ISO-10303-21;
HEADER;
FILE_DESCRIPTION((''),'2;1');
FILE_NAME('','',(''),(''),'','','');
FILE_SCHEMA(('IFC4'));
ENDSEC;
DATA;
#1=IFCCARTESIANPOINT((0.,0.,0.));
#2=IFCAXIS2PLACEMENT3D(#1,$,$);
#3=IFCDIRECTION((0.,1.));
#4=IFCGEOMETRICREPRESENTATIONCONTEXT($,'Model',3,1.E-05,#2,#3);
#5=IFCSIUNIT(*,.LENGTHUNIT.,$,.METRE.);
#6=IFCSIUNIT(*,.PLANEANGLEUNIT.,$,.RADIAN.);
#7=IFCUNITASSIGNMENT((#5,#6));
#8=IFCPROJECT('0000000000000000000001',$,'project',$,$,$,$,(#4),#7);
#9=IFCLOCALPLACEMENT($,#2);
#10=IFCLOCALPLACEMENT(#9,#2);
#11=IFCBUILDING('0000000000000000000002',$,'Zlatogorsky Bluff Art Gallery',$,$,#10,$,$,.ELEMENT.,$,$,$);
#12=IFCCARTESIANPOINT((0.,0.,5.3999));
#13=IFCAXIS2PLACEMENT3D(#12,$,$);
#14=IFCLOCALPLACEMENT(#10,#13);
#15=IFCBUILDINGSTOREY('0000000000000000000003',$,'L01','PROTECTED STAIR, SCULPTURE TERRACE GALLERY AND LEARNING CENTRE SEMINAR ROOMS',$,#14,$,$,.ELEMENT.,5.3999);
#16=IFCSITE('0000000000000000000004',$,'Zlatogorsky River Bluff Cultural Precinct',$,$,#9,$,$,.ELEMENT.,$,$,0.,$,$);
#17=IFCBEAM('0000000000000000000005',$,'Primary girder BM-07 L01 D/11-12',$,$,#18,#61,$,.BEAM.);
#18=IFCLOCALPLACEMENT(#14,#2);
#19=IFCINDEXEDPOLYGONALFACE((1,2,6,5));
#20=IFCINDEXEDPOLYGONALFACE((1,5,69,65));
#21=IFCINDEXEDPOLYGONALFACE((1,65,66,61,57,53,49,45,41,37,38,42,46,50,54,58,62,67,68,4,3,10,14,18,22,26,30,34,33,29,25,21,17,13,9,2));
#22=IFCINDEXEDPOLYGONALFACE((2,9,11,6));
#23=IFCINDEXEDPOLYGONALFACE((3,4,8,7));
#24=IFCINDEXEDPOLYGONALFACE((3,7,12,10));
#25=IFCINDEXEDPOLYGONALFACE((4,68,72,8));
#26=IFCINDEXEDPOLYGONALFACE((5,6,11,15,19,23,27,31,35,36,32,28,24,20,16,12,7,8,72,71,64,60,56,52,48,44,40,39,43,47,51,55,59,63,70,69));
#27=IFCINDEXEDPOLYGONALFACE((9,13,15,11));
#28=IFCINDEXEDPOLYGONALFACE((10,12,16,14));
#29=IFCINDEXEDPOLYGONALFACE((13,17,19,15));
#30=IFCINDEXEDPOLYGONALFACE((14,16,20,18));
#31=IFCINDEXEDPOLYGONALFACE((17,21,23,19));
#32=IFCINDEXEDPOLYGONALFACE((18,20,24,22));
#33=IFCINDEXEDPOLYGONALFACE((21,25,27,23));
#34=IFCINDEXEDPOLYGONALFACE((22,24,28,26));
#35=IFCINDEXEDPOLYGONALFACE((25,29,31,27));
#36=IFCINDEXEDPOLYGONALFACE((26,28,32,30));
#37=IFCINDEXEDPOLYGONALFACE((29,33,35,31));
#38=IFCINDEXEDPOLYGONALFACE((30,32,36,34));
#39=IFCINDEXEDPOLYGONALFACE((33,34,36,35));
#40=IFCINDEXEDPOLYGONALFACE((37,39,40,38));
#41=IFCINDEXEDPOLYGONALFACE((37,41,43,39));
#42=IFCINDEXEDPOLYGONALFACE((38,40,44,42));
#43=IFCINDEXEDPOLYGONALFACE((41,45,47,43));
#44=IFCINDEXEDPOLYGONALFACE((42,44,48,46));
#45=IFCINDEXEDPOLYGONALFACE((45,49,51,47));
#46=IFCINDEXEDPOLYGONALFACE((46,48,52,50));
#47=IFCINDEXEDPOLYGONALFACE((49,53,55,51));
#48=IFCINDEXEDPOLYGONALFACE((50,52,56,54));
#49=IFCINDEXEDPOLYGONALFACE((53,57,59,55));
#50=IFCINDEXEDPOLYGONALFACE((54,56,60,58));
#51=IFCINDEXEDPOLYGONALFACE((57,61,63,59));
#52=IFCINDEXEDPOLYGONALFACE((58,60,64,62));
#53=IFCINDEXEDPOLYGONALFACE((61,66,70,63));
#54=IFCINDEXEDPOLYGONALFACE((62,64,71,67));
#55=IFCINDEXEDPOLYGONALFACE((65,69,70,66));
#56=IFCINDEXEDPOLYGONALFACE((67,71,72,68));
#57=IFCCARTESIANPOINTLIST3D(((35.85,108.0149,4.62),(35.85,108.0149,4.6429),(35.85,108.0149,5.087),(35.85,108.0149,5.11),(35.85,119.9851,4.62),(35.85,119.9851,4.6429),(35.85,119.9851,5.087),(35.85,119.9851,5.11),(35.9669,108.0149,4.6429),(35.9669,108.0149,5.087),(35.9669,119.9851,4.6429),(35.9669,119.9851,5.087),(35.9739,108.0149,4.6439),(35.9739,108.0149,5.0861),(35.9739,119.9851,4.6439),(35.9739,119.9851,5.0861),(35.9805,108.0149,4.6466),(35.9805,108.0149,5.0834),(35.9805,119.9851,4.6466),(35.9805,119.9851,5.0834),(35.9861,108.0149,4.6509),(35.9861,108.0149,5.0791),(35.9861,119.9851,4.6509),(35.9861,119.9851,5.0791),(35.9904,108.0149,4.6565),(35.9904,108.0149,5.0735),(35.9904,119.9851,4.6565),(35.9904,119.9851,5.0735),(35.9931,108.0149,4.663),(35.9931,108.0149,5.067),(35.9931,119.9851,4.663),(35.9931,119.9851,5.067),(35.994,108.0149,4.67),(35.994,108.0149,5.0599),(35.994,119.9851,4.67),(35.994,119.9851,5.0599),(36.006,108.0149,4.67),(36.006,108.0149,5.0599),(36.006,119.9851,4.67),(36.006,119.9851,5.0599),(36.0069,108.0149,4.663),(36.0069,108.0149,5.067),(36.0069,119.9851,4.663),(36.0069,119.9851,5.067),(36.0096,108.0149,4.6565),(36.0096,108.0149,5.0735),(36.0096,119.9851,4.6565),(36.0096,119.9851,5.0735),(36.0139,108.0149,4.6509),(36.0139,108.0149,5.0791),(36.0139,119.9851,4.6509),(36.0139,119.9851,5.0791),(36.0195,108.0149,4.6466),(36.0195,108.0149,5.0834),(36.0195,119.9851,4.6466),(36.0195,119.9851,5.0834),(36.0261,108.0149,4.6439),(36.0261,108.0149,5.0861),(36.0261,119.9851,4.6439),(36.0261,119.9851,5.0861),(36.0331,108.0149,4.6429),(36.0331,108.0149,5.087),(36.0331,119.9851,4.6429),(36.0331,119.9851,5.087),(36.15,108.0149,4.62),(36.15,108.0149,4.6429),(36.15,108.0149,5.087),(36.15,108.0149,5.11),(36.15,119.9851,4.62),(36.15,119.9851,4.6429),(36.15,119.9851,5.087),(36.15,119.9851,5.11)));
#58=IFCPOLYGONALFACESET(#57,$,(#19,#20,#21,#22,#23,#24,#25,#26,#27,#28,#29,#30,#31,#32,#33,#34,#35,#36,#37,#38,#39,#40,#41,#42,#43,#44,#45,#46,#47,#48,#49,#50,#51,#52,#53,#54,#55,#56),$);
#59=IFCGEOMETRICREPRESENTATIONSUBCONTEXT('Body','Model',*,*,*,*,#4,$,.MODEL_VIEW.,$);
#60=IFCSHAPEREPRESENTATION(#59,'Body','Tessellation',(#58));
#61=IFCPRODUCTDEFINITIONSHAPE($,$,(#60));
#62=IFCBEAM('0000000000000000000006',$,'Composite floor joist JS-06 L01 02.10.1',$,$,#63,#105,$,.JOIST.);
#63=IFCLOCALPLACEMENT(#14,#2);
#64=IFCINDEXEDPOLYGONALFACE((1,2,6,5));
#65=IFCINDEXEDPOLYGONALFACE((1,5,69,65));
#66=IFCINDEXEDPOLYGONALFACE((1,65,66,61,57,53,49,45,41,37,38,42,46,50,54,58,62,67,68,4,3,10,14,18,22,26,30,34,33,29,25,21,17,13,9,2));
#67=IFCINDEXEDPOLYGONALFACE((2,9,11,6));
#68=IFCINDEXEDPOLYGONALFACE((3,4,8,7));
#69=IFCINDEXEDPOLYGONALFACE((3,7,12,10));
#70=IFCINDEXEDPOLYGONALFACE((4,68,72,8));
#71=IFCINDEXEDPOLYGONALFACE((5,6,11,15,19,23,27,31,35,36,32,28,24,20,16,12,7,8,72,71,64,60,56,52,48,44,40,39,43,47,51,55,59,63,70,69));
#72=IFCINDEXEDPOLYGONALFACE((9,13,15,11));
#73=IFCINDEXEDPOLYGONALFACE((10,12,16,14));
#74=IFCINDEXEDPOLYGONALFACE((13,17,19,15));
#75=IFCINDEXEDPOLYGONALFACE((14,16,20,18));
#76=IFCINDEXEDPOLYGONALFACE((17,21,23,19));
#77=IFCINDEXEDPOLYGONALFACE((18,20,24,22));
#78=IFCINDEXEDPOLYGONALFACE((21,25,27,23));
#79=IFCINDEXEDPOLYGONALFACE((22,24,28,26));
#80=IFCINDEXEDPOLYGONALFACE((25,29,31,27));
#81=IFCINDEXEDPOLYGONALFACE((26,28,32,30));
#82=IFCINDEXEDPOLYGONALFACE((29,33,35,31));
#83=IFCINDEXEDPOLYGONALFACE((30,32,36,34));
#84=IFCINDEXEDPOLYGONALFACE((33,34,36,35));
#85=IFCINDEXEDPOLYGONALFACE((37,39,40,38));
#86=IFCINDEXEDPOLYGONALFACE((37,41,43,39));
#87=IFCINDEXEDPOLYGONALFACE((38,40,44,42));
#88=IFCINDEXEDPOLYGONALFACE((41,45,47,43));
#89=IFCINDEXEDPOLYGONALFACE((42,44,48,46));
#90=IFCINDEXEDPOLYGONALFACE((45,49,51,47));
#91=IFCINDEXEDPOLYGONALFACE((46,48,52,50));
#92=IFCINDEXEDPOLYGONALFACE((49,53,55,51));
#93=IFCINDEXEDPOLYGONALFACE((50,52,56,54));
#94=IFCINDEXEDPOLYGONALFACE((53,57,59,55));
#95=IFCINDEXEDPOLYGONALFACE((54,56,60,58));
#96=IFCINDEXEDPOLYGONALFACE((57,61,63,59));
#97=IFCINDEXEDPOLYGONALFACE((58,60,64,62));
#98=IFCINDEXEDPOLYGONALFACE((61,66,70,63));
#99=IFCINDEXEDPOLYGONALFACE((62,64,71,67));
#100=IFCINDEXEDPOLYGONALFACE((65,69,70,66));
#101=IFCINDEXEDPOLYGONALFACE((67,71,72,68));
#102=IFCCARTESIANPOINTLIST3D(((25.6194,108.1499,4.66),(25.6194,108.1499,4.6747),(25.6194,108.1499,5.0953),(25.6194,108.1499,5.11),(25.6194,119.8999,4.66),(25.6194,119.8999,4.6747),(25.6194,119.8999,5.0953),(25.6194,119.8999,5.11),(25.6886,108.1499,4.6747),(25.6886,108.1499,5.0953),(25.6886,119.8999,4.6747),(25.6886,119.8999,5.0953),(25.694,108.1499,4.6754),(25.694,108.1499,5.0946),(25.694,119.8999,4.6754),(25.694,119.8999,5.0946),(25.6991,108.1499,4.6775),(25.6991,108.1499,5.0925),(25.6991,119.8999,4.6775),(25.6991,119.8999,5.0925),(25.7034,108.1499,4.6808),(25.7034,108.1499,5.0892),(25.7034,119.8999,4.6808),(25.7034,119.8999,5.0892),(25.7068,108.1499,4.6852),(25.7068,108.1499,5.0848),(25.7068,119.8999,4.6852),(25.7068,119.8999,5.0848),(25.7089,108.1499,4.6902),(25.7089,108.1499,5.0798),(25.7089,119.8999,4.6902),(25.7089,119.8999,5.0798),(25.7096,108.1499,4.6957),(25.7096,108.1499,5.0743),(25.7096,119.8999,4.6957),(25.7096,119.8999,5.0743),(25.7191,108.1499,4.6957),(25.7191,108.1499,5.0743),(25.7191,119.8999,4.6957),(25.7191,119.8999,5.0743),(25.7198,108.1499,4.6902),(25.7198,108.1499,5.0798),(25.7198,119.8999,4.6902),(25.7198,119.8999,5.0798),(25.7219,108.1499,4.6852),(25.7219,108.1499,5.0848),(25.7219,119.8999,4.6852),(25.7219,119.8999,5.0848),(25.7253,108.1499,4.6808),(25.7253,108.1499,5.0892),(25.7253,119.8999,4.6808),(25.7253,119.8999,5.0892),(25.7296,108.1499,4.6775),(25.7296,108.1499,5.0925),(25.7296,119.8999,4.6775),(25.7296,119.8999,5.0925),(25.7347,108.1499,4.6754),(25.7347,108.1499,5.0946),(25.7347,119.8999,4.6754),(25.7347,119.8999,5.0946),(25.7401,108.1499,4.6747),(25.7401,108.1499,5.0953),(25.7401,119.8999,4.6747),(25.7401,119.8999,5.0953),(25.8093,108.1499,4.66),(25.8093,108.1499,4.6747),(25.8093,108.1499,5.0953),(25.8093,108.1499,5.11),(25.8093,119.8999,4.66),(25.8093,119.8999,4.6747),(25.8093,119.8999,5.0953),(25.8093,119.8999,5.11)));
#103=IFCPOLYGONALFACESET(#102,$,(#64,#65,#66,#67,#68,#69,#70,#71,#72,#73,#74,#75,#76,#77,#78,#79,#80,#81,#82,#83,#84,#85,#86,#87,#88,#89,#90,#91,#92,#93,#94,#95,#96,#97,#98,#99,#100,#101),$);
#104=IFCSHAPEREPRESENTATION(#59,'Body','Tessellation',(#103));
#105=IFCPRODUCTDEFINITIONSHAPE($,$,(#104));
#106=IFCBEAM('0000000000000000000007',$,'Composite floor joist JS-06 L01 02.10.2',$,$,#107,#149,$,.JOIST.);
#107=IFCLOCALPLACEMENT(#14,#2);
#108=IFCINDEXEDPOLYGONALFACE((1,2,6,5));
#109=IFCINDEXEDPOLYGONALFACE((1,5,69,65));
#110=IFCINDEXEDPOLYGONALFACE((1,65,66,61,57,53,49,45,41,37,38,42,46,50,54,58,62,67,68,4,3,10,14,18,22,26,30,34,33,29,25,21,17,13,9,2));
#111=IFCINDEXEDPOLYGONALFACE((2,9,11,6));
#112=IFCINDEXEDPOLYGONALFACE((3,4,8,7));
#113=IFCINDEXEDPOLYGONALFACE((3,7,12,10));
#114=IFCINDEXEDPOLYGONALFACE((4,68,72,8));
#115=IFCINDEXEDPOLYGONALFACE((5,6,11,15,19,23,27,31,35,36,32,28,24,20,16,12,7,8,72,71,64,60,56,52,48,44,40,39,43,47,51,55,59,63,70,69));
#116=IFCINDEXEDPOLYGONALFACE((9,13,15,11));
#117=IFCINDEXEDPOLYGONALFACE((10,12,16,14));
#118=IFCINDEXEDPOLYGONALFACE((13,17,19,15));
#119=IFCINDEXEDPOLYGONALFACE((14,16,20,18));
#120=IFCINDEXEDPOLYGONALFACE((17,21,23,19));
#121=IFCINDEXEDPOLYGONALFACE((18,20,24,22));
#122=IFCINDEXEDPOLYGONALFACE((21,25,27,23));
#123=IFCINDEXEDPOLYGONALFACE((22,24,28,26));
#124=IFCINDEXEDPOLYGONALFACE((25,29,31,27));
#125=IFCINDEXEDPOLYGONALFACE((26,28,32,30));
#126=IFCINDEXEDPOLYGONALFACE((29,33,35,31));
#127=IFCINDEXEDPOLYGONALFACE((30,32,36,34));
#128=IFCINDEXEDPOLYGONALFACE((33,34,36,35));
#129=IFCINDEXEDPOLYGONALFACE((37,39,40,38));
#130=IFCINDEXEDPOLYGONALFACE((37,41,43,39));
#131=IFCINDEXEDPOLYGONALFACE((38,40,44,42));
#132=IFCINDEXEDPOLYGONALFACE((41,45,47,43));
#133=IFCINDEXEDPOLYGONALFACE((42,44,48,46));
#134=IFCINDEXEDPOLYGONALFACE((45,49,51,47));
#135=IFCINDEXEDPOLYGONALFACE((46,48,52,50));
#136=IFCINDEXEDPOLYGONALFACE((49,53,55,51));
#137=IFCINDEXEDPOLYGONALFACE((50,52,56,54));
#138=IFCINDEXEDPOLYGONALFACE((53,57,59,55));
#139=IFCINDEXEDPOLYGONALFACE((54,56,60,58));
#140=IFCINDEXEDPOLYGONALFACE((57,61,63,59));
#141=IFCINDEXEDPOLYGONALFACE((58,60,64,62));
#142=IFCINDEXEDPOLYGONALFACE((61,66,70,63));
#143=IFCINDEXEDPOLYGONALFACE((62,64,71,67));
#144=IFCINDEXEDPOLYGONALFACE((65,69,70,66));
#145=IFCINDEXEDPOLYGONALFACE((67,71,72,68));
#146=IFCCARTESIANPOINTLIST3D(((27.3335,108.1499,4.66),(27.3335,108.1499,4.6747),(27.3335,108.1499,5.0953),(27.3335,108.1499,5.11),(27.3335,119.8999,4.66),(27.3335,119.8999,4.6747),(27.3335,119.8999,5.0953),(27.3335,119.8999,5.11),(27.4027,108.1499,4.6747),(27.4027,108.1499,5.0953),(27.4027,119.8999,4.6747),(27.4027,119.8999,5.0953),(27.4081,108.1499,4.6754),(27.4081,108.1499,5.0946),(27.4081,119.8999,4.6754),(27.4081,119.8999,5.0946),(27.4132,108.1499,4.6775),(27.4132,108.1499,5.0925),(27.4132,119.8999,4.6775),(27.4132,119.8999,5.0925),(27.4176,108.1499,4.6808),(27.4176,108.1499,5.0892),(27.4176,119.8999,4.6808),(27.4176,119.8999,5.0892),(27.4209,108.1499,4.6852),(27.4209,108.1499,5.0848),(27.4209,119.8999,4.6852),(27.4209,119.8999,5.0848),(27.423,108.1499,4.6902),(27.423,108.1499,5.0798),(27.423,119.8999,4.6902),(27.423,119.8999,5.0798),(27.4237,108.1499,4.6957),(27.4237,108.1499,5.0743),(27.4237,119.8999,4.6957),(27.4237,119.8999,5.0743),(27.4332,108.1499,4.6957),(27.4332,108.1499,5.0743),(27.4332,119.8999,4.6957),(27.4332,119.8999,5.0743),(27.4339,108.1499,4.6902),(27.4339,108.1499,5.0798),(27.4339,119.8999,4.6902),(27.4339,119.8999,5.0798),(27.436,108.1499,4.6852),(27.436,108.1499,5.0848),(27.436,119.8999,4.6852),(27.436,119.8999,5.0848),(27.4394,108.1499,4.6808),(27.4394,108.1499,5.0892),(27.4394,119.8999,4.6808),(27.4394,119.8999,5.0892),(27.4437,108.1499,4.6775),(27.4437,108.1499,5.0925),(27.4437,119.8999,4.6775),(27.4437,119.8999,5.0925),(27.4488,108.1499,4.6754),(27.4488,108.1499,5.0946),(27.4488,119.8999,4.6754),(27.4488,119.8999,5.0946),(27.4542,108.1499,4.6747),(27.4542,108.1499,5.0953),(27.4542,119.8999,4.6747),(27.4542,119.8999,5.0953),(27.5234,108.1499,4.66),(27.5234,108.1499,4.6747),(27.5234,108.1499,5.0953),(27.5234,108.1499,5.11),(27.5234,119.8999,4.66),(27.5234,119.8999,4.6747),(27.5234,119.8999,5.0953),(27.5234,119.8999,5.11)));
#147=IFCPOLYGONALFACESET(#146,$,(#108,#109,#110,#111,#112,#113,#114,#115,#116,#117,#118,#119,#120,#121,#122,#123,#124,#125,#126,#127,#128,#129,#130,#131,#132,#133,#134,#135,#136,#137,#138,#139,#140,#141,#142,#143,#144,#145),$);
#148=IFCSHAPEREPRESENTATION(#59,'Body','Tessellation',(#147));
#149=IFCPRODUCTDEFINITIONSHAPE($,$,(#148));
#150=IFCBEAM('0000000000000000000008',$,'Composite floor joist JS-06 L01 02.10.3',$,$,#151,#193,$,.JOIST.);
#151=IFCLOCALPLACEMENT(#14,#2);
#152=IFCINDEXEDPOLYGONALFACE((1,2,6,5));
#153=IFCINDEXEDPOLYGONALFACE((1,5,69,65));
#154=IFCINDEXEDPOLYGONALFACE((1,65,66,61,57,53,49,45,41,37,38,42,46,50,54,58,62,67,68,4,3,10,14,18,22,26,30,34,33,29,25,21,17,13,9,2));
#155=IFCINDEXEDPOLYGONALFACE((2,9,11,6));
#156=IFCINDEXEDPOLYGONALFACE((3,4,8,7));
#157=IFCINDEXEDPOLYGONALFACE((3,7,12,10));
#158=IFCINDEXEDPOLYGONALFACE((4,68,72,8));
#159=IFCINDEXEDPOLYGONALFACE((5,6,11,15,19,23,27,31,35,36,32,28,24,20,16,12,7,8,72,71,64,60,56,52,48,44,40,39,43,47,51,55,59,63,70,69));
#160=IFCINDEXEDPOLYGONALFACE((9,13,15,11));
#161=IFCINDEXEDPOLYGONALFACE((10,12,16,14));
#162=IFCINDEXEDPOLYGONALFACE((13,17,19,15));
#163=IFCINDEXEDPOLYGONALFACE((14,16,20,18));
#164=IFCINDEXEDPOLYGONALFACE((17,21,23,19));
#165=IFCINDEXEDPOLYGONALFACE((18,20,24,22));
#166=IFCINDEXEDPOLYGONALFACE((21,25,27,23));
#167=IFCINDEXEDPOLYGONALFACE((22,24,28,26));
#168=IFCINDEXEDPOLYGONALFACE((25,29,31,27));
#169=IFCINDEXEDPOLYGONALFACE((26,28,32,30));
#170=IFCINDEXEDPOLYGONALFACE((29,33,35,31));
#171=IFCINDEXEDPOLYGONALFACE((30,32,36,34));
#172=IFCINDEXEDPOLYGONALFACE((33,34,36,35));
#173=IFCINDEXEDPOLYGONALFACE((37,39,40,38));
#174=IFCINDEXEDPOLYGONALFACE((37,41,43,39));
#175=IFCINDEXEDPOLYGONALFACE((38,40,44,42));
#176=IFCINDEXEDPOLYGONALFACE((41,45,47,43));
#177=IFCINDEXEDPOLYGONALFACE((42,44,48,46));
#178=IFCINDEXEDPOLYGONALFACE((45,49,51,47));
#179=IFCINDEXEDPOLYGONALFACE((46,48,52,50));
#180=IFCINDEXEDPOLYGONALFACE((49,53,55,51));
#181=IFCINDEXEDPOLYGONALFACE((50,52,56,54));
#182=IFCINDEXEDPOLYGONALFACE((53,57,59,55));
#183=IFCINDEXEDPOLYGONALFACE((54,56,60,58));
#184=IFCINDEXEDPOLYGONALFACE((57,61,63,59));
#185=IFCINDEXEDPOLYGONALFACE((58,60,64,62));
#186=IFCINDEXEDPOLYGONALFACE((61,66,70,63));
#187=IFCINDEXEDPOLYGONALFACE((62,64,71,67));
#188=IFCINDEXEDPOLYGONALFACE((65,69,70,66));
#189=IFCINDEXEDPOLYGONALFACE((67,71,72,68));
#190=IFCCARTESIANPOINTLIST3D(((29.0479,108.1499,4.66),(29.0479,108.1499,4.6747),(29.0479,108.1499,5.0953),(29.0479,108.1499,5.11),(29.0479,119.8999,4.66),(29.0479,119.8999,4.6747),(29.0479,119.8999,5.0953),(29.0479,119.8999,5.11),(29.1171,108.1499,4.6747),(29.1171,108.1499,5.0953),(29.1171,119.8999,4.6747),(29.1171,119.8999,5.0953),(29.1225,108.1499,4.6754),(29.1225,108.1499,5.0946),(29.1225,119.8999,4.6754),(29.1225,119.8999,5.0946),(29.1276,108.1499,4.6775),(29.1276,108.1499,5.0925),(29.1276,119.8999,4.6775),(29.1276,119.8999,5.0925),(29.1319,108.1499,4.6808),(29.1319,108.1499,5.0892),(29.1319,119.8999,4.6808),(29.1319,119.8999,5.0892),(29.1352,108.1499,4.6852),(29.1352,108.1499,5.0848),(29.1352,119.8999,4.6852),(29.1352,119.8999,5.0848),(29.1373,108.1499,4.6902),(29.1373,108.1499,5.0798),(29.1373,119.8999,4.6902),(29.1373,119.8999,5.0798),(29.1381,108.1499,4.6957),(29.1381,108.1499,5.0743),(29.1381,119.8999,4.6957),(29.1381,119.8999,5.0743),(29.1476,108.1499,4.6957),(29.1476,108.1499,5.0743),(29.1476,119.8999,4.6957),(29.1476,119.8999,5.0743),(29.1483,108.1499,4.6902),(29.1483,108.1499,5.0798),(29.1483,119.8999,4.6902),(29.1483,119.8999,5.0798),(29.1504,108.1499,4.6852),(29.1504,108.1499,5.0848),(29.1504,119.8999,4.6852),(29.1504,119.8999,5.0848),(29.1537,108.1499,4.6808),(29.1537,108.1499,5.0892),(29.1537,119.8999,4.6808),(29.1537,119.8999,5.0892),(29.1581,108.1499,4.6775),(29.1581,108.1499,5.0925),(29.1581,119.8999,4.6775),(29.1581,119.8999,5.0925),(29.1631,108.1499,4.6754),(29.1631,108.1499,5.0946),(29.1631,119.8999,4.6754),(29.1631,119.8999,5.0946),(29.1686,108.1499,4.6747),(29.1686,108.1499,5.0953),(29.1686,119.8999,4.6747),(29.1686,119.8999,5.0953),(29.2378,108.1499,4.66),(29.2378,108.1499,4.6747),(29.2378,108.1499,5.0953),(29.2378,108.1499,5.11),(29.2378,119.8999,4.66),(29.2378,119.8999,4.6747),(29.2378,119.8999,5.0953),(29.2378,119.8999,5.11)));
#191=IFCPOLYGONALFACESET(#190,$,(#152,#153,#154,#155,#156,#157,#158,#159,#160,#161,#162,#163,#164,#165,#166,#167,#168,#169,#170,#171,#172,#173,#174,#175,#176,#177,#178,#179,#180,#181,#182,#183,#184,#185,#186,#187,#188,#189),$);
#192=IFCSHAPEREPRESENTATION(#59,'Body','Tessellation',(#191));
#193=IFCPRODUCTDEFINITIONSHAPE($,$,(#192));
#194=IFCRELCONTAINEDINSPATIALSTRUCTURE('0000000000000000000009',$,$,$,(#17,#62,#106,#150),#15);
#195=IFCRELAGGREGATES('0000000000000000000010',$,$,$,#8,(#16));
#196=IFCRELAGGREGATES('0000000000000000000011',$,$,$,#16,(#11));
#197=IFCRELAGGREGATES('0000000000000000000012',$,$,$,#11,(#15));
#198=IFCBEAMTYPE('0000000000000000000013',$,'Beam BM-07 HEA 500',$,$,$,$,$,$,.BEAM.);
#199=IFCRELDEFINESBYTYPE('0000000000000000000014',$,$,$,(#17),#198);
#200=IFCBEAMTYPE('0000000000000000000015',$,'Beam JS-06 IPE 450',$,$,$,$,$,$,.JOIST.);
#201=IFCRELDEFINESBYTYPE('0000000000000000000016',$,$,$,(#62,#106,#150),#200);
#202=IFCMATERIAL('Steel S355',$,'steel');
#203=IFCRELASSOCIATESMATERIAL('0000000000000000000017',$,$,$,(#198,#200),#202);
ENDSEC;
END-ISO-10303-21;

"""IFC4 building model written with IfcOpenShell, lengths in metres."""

from ifc_helpers import new_model, si_unit, direction, frame, origin, origin_2d, place, context, subcontext, project, spatial, i_section, extrude, material, material_profile, profile_set, type_object, element, save


model = new_model("IFC4")

# Units and contexts
model_context = context("Model", 3, precision=1e-05, world=origin(), true_north=direction((0.0, 1.0)))
body_context = subcontext(model_context, "Body", "Model", "MODEL_VIEW")
ifc_project = project(units=[si_unit("LENGTHUNIT", "METRE"), si_unit("PLANEANGLEUNIT", "RADIAN")], contexts=[model_context])

# Site, building, storey
site_placement = place(None, origin())
site = spatial("IfcSite", under=ifc_project, at=site_placement, Name="Zlatogorsky River Bluff Cultural Precinct", CompositionType="ELEMENT", RefElevation=0.0)
building_placement = place(site_placement, origin())
building = spatial("IfcBuilding", under=site, at=building_placement, Name="Zlatogorsky Bluff Art Gallery", CompositionType="ELEMENT")
storey_placement = place(building_placement, frame((0.0, 0.0, 5.3999)))
storey = spatial("IfcBuildingStorey", under=building, at=storey_placement, Name="L01", Description="PROTECTED STAIR, SCULPTURE TERRACE GALLERY AND LEARNING CENTRE SEMINAR ROOMS", CompositionType="ELEMENT", Elevation=5.3999)

# Shared definitions
ifc_material_1 = material(Name="Steel S355", Category="steel")

# Beams
ifc_material_profile_1 = material_profile(ifc_material_1, i_section(OverallWidth=0.3, OverallDepth=0.49, WebThickness=0.012, FlangeThickness=0.0229, FilletRadius=0.0271, at=origin_2d()), Name="HEA 500")
ifc_profile_set_1 = profile_set([ifc_material_profile_1], Name="Steel S355")
beam_type_1 = type_object("IfcBeamType", Name="Beam BM-07 HEA 500", PredefinedType="BEAM", material=ifc_profile_set_1)
beam_1_placement = place(storey_placement, frame((36.0, 108.0149, 4.865), z_axis=(0.0, 1.0, 0.0), x_axis=(-1.0, 0.0, 0.0)))
element("IfcBeam", 1, at=beam_1_placement, inside=storey, type_object=beam_type_1, Name="Primary girder BM-07 L01 D/11-12", PredefinedType="BEAM", context=body_context, shape_type="SweptSolid", body=[
    extrude(i_section(OverallWidth=0.3, OverallDepth=0.49, WebThickness=0.012, FlangeThickness=0.0229, FilletRadius=0.0271, at=origin_2d()), origin(), (0.0, 0.0, 1.0), 11.9702),
])
ifc_material_profile_2 = material_profile(ifc_material_1, i_section(OverallWidth=0.1899, OverallDepth=0.45, WebThickness=0.0095, FlangeThickness=0.0146, FilletRadius=0.021, at=origin_2d()), Name="IPE 450")
ifc_profile_set_2 = profile_set([ifc_material_profile_2], Name="Steel S355")
beam_type_2 = type_object("IfcBeamType", Name="Beam JS-06 IPE 450", PredefinedType="JOIST", material=ifc_profile_set_2)
for number, where, z_axis, x_axis, name in (
    (2, (25.7144, 108.1499, 4.885), (0.0, 1.0, 0.0), (-1.0, 0.0, 0.0), "Composite floor joist JS-06 L01 02.10.1"),
    (3, (27.4285, 108.1499, 4.885), (0.0, 1.0, 0.0), (-1.0, 0.0, 0.0), "Composite floor joist JS-06 L01 02.10.2"),
    (4, (29.1428, 108.1499, 4.885), (0.0, 1.0, 0.0), (-1.0, 0.0, 0.0), "Composite floor joist JS-06 L01 02.10.3"),
):
    element("IfcBeam", number, at=place(storey_placement, frame(where, z_axis=z_axis, x_axis=x_axis)), inside=storey, type_object=beam_type_2, Name=name, PredefinedType="JOIST", context=body_context, shape_type="SweptSolid", body=[
        extrude(i_section(OverallWidth=0.1899, OverallDepth=0.45, WebThickness=0.0095, FlangeThickness=0.0146, FilletRadius=0.021, at=origin_2d()), origin(), (0.0, 0.0, 1.0), 11.75),
    ])

save(model, "model.ifc")
